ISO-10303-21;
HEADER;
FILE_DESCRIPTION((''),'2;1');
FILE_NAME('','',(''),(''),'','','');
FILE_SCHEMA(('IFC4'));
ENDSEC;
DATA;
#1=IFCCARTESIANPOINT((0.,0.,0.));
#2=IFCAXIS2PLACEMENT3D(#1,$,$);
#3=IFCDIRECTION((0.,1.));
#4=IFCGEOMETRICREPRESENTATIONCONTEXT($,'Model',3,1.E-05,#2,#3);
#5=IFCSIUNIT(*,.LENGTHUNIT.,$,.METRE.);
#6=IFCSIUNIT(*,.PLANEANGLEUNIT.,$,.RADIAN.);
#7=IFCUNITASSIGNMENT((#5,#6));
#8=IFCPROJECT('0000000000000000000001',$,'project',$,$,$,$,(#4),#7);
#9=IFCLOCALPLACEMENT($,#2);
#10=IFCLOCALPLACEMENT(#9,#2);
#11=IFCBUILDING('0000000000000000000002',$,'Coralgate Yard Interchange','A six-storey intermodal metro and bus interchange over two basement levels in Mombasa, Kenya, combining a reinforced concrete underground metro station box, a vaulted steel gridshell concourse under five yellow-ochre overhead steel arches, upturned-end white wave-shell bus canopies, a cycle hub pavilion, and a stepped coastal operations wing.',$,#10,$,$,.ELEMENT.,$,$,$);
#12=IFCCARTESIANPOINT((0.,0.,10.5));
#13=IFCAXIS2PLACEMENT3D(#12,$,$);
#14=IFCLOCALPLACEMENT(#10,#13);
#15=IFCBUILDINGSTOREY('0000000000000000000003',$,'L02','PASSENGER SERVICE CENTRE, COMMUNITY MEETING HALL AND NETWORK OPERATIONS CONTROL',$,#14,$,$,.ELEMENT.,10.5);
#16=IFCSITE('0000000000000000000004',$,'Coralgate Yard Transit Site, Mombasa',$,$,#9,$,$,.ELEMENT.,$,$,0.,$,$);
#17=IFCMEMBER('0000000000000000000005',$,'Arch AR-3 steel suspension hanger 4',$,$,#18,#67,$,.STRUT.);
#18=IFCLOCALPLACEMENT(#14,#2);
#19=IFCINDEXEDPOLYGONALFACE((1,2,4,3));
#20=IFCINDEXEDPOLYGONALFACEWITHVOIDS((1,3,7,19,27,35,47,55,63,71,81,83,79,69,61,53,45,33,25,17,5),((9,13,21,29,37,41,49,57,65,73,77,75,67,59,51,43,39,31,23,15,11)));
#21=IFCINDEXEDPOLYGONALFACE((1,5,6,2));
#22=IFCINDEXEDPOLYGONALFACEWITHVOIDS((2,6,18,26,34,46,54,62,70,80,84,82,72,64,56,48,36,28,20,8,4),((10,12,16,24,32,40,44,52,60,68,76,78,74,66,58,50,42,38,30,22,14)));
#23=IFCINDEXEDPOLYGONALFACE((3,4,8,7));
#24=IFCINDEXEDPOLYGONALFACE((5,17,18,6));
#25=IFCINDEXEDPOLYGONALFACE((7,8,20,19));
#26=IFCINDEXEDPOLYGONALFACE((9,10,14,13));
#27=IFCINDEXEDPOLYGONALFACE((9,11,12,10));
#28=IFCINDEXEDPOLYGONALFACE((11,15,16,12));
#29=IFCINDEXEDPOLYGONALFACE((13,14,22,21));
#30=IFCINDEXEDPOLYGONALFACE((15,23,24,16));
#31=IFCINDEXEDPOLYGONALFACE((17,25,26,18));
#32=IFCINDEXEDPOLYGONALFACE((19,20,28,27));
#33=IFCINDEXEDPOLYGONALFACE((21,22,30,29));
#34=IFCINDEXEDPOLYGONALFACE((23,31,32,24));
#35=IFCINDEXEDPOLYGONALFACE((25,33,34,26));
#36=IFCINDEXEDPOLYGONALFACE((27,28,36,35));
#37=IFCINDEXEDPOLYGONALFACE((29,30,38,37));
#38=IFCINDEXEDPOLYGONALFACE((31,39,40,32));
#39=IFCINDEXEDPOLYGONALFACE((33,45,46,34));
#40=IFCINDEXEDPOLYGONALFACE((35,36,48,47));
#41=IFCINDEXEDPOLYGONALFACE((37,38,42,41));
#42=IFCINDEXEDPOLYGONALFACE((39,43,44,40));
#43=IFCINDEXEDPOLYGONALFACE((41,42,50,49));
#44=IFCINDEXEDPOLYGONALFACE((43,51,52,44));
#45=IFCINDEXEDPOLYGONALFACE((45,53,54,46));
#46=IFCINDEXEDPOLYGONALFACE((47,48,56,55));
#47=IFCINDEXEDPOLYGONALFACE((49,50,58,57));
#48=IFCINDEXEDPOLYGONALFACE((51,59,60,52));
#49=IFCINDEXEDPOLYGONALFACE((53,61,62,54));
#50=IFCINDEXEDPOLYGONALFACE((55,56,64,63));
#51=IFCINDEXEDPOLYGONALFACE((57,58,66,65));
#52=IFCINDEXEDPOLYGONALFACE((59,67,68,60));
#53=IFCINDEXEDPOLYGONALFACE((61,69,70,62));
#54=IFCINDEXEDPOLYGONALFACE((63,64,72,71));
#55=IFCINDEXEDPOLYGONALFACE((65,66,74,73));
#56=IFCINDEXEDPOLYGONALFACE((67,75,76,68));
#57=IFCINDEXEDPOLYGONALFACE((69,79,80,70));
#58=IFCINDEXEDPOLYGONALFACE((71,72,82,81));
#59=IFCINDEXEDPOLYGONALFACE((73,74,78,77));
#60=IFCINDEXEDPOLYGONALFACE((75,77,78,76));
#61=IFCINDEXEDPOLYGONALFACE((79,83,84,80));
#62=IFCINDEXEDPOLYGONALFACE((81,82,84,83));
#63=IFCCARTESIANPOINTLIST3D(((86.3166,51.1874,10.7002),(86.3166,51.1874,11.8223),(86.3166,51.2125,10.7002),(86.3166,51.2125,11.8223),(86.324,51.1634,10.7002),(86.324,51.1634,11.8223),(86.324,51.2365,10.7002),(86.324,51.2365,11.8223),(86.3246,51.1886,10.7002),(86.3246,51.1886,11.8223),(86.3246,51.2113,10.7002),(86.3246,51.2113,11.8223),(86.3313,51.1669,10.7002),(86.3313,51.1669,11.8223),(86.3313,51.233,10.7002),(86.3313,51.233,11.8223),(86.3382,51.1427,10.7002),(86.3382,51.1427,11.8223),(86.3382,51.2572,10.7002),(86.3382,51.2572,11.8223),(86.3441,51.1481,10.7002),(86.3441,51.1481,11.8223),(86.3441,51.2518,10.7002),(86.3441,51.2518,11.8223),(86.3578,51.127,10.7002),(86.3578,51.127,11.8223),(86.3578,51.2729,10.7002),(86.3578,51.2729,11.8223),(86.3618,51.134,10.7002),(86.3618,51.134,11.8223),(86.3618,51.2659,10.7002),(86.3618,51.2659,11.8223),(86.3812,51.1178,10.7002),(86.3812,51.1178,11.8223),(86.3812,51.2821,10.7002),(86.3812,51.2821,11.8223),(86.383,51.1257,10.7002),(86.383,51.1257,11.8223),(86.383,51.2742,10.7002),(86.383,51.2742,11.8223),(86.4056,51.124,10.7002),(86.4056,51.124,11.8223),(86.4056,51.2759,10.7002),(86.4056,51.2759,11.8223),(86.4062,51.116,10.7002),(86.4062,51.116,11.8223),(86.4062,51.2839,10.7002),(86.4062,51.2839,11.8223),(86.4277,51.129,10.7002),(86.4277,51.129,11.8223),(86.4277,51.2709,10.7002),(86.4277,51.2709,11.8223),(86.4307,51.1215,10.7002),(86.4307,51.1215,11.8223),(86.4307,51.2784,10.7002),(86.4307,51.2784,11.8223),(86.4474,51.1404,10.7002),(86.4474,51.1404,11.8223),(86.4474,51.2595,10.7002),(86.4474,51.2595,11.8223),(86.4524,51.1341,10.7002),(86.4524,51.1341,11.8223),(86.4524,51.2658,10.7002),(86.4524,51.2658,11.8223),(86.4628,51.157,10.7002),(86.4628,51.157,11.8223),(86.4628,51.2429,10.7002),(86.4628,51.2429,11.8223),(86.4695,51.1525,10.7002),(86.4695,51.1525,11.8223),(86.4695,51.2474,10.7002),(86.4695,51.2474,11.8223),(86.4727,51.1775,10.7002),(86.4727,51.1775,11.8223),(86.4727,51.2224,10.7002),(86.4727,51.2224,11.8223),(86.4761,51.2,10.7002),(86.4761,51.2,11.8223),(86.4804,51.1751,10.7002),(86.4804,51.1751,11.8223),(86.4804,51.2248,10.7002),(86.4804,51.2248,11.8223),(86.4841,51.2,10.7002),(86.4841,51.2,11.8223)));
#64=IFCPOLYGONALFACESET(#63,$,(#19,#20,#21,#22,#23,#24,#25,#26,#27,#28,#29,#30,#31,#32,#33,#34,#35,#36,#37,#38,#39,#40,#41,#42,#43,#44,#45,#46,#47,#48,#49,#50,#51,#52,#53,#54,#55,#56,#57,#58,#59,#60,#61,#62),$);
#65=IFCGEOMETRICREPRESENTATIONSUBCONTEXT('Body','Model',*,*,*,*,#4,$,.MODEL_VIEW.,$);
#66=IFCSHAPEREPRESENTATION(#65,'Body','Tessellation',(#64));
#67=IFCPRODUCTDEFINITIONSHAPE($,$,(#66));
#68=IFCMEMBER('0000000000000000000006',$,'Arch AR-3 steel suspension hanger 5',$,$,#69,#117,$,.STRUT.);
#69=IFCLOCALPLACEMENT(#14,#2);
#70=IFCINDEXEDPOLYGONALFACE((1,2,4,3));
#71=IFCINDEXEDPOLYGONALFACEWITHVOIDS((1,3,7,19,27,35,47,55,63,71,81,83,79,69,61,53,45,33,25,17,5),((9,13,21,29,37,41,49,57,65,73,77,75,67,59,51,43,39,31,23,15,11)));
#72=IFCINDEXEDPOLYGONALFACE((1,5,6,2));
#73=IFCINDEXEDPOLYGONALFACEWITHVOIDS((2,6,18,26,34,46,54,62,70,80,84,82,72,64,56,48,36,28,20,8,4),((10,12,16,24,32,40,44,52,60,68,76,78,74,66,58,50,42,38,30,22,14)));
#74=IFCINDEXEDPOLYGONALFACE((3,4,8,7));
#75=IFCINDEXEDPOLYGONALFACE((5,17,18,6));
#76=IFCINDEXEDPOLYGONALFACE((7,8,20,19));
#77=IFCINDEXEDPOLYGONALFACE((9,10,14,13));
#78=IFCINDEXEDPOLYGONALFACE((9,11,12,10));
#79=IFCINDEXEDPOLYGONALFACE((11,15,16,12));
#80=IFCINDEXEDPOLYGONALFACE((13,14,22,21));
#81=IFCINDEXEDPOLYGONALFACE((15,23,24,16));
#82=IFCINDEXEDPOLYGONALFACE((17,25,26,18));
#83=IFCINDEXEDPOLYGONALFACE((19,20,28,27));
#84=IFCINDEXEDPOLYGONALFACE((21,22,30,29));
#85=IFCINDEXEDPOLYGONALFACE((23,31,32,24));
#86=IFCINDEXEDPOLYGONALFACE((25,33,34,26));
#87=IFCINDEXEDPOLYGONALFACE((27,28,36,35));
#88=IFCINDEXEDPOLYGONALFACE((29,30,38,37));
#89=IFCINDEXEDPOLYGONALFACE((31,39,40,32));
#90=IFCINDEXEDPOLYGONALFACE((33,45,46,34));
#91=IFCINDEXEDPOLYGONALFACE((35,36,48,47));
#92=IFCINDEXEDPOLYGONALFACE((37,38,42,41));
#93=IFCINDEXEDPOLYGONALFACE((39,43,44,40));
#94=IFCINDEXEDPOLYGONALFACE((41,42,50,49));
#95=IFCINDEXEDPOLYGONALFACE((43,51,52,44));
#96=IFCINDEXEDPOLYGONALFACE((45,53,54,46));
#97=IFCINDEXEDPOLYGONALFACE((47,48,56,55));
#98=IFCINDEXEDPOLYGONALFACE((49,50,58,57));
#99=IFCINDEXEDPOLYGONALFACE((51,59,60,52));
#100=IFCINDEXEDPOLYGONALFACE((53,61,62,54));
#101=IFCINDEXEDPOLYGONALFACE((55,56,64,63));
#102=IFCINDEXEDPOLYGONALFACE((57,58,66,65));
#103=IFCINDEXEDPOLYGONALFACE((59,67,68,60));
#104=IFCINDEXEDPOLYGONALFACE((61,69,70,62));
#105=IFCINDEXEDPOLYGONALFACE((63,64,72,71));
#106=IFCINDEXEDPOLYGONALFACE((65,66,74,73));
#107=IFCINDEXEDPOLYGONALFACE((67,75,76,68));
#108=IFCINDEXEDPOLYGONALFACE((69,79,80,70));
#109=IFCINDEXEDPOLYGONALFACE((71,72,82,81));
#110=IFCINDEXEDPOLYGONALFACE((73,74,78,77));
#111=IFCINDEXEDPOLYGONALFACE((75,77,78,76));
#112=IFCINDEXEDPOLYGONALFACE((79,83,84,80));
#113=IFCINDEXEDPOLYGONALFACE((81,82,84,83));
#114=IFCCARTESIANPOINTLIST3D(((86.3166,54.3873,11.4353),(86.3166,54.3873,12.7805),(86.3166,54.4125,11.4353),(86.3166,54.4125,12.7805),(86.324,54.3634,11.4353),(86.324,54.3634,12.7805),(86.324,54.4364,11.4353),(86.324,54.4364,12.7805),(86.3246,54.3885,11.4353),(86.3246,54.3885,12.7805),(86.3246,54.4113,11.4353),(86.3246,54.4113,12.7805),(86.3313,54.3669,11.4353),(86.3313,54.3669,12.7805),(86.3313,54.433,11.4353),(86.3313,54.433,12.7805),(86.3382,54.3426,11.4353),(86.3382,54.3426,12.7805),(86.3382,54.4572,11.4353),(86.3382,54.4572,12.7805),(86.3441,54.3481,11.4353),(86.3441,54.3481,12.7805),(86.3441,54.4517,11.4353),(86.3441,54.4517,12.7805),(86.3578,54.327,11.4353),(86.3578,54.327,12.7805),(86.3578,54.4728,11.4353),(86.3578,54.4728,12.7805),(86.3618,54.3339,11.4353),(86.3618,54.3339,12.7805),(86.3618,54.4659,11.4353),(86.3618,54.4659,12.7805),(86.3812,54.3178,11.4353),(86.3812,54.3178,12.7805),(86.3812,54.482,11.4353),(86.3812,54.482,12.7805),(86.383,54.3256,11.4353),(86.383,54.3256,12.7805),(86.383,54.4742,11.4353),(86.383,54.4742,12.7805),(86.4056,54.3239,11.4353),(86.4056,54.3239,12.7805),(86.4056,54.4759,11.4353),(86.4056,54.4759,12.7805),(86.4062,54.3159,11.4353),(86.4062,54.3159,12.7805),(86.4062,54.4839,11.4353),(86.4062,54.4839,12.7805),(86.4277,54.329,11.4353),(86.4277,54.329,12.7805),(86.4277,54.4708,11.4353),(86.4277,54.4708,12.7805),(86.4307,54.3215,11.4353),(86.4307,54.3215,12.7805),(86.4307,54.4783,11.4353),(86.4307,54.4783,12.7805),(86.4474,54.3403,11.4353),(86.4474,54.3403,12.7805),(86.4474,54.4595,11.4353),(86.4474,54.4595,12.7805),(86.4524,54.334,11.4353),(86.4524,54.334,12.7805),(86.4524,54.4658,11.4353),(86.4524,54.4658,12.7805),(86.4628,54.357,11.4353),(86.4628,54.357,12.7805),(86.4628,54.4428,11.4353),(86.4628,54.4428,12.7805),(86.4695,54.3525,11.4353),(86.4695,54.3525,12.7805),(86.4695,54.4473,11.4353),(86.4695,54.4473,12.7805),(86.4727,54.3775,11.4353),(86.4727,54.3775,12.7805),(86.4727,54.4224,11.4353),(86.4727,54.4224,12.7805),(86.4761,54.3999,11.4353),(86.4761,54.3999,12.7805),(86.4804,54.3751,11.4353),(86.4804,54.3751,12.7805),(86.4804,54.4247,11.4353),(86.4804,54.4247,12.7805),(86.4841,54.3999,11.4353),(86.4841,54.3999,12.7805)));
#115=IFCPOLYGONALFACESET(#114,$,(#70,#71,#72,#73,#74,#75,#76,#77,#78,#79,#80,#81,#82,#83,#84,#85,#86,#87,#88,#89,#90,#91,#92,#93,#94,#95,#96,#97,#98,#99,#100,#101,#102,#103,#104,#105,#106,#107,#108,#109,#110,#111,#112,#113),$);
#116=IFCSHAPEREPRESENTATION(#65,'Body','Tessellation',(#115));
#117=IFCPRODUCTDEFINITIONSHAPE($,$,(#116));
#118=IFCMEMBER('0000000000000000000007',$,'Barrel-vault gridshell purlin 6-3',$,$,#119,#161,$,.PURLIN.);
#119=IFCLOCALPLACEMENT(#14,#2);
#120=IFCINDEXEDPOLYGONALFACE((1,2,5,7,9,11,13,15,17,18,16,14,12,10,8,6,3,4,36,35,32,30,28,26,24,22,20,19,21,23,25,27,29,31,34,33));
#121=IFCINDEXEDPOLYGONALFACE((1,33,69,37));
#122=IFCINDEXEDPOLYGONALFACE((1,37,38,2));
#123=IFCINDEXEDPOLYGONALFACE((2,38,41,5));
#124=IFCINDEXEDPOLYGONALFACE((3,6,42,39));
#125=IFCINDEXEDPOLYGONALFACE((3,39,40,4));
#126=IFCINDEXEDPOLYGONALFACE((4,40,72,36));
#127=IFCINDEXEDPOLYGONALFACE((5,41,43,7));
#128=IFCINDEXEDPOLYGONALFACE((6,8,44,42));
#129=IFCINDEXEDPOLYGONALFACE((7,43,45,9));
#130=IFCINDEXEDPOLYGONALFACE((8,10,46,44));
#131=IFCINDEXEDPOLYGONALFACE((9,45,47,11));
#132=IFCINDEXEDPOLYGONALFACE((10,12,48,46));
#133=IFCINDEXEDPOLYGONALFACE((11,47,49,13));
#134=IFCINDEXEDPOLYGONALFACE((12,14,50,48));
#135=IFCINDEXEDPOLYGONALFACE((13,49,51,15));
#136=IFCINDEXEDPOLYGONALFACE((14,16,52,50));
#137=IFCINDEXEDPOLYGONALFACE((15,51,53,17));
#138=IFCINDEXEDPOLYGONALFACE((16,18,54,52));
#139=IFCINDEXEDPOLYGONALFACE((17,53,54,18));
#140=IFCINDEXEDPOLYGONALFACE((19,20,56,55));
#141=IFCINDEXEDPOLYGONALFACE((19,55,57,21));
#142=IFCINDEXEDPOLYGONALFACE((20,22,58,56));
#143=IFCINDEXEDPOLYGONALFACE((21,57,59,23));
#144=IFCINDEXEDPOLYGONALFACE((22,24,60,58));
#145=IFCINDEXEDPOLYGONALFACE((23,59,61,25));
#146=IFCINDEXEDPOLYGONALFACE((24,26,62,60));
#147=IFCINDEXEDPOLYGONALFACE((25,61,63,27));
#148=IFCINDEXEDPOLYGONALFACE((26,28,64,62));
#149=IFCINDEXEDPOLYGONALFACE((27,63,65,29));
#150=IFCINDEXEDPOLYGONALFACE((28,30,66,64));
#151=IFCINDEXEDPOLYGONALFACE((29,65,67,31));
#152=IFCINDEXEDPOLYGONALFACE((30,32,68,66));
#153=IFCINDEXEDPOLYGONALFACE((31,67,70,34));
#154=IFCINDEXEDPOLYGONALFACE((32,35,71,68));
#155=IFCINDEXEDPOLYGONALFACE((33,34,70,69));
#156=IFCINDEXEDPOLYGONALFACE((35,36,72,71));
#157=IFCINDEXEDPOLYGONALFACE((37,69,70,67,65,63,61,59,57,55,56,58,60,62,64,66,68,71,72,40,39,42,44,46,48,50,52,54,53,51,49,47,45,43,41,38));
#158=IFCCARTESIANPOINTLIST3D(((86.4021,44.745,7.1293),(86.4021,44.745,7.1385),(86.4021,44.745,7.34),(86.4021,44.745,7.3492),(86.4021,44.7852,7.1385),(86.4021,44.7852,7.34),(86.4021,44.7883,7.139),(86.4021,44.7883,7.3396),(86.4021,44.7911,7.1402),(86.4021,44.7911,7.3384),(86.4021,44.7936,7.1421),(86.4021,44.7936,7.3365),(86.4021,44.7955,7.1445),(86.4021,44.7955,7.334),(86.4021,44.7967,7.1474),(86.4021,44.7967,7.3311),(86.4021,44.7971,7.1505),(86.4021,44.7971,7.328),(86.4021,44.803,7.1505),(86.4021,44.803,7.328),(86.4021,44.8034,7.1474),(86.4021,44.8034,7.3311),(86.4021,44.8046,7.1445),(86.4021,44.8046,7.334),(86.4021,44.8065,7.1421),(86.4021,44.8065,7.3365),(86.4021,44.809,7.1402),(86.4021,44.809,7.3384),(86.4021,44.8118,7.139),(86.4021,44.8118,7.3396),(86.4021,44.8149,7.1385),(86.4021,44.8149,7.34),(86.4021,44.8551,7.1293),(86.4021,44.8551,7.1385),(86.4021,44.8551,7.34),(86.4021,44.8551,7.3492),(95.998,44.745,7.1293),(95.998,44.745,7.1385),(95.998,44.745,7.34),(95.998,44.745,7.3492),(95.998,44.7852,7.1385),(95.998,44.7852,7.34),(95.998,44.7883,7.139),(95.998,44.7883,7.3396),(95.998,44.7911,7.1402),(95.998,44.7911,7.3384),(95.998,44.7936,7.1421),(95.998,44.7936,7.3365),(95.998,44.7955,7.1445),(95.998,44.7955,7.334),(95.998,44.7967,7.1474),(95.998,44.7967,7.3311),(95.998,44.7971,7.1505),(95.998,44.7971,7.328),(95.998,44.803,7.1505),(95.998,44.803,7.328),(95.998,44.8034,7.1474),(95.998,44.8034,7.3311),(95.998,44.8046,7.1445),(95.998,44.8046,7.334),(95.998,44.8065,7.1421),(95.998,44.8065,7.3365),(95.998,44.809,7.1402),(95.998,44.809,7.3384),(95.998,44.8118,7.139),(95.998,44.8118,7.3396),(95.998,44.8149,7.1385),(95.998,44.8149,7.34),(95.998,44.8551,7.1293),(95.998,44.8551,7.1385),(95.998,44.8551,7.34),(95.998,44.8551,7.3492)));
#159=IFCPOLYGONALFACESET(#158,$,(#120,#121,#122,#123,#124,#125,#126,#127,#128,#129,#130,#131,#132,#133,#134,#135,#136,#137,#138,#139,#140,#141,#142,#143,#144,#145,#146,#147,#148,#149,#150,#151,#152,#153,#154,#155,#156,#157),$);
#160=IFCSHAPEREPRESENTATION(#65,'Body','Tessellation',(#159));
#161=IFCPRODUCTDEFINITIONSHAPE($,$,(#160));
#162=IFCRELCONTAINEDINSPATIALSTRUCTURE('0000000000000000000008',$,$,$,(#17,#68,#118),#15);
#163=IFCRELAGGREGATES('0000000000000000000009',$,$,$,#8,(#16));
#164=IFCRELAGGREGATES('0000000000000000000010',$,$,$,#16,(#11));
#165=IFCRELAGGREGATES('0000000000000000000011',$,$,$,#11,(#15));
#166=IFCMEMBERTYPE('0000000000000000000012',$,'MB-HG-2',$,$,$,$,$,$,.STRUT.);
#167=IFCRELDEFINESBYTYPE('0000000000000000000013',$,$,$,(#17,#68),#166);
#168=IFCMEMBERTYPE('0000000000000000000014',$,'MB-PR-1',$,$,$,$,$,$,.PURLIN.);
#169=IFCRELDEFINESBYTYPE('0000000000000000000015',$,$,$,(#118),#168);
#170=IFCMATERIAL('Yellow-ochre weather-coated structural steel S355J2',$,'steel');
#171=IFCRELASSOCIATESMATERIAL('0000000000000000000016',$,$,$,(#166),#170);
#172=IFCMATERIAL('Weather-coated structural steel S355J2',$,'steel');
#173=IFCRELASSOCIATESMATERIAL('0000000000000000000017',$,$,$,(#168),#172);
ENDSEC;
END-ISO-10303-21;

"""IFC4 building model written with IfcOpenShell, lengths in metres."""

from ifc_helpers import new_model, si_unit, direction, frame, origin, origin_2d, place, context, subcontext, project, spatial, hollow_circle, i_section, extrude, material, material_profile, profile_set, type_object, element, save


model = new_model("IFC4")

# Units and contexts
model_context = context("Model", 3, precision=1e-05, world=origin(), true_north=direction((0.0, 1.0)))
body_context = subcontext(model_context, "Body", "Model", "MODEL_VIEW")
ifc_project = project(units=[si_unit("LENGTHUNIT", "METRE"), si_unit("PLANEANGLEUNIT", "RADIAN")], contexts=[model_context])

# Site, building, storey
site_placement = place(None, origin())
site = spatial("IfcSite", under=ifc_project, at=site_placement, Name="Coralgate Yard Transit Site, Mombasa", CompositionType="ELEMENT", RefElevation=0.0)
building_placement = place(site_placement, origin())
building = spatial("IfcBuilding", under=site, at=building_placement, Name="Coralgate Yard Interchange", Description="A six-storey intermodal metro and bus interchange over two basement levels in Mombasa, Kenya, combining a reinforced concrete underground metro station box, a vaulted steel gridshell concourse under five yellow-ochre overhead steel arches, upturned-end white wave-shell bus canopies, a cycle hub pavilion, and a stepped coastal operations wing.", CompositionType="ELEMENT")
storey_placement = place(building_placement, frame((0.0, 0.0, 10.5)))
storey = spatial("IfcBuildingStorey", under=building, at=storey_placement, Name="L02", Description="PASSENGER SERVICE CENTRE, COMMUNITY MEETING HALL AND NETWORK OPERATIONS CONTROL", CompositionType="ELEMENT", Elevation=10.5)

# Shared definitions
ifc_material_1 = material(Name="Yellow-ochre weather-coated structural steel S355J2", Category="steel")
ifc_material_2 = material(Name="Weather-coated structural steel S355J2", Category="steel")

# Members
ifc_material_profile_1 = material_profile(ifc_material_1, hollow_circle(Radius=0.0842, WallThickness=0.0081, at=origin_2d()), Name="CHS 168.3x8")
ifc_profile_set_1 = profile_set([ifc_material_profile_1], Name="Yellow-ochre weather-coated structural steel S355J2")
member_type_1 = type_object("IfcMemberType", Name="MB-HG-2", PredefinedType="STRUT", material=ifc_profile_set_1)
member_1_placement = place(storey_placement, frame((86.3999, 51.2, 10.7002), z_axis=(0.0, 0.0, 1.0), x_axis=(1.0, 0.0, 0.0)))
element("IfcMember", 1, at=member_1_placement, inside=storey, type_object=member_type_1, Name="Arch AR-3 steel suspension hanger 4", PredefinedType="STRUT", context=body_context, shape_type="SweptSolid", body=[
    extrude(hollow_circle(Radius=0.0842, WallThickness=0.0081, at=origin_2d()), origin(), (0.0, 0.0, 1.0), 1.1221),
])
member_2_placement = place(storey_placement, frame((86.3999, 54.3999, 11.4353), z_axis=(0.0, 0.0, 1.0), x_axis=(1.0, 0.0, 0.0)))
element("IfcMember", 2, at=member_2_placement, inside=storey, type_object=member_type_1, Name="Arch AR-3 steel suspension hanger 5", PredefinedType="STRUT", context=body_context, shape_type="SweptSolid", body=[
    extrude(hollow_circle(Radius=0.0842, WallThickness=0.0081, at=origin_2d()), origin(), (0.0, 0.0, 1.0), 1.3452),
])
ifc_material_profile_2 = material_profile(ifc_material_2, i_section(OverallWidth=0.1101, OverallDepth=0.22, WebThickness=0.0059, FlangeThickness=0.0093, FilletRadius=0.012, at=origin_2d()), Name="IPE 220")
ifc_profile_set_2 = profile_set([ifc_material_profile_2], Name="Weather-coated structural steel S355J2")
member_type_2 = type_object("IfcMemberType", Name="MB-PR-1", PredefinedType="PURLIN", material=ifc_profile_set_2)
for number, where, z_axis, x_axis, name in (
    (3, (86.4021, 44.8, 7.2393), (1.0, 0.0, 0.0), (0.0, 1.0, 0.0), "Barrel-vault gridshell purlin 6-3"),
):
    element("IfcMember", number, at=place(storey_placement, frame(where, z_axis=z_axis, x_axis=x_axis)), inside=storey, type_object=member_type_2, Name=name, PredefinedType="PURLIN", context=body_context, shape_type="SweptSolid", body=[
        extrude(i_section(OverallWidth=0.1101, OverallDepth=0.22, WebThickness=0.0059, FlangeThickness=0.0093, FilletRadius=0.012, at=origin_2d()), origin(), (0.0, 0.0, 1.0), 9.5959),
    ])

save(model, "model.ifc")
